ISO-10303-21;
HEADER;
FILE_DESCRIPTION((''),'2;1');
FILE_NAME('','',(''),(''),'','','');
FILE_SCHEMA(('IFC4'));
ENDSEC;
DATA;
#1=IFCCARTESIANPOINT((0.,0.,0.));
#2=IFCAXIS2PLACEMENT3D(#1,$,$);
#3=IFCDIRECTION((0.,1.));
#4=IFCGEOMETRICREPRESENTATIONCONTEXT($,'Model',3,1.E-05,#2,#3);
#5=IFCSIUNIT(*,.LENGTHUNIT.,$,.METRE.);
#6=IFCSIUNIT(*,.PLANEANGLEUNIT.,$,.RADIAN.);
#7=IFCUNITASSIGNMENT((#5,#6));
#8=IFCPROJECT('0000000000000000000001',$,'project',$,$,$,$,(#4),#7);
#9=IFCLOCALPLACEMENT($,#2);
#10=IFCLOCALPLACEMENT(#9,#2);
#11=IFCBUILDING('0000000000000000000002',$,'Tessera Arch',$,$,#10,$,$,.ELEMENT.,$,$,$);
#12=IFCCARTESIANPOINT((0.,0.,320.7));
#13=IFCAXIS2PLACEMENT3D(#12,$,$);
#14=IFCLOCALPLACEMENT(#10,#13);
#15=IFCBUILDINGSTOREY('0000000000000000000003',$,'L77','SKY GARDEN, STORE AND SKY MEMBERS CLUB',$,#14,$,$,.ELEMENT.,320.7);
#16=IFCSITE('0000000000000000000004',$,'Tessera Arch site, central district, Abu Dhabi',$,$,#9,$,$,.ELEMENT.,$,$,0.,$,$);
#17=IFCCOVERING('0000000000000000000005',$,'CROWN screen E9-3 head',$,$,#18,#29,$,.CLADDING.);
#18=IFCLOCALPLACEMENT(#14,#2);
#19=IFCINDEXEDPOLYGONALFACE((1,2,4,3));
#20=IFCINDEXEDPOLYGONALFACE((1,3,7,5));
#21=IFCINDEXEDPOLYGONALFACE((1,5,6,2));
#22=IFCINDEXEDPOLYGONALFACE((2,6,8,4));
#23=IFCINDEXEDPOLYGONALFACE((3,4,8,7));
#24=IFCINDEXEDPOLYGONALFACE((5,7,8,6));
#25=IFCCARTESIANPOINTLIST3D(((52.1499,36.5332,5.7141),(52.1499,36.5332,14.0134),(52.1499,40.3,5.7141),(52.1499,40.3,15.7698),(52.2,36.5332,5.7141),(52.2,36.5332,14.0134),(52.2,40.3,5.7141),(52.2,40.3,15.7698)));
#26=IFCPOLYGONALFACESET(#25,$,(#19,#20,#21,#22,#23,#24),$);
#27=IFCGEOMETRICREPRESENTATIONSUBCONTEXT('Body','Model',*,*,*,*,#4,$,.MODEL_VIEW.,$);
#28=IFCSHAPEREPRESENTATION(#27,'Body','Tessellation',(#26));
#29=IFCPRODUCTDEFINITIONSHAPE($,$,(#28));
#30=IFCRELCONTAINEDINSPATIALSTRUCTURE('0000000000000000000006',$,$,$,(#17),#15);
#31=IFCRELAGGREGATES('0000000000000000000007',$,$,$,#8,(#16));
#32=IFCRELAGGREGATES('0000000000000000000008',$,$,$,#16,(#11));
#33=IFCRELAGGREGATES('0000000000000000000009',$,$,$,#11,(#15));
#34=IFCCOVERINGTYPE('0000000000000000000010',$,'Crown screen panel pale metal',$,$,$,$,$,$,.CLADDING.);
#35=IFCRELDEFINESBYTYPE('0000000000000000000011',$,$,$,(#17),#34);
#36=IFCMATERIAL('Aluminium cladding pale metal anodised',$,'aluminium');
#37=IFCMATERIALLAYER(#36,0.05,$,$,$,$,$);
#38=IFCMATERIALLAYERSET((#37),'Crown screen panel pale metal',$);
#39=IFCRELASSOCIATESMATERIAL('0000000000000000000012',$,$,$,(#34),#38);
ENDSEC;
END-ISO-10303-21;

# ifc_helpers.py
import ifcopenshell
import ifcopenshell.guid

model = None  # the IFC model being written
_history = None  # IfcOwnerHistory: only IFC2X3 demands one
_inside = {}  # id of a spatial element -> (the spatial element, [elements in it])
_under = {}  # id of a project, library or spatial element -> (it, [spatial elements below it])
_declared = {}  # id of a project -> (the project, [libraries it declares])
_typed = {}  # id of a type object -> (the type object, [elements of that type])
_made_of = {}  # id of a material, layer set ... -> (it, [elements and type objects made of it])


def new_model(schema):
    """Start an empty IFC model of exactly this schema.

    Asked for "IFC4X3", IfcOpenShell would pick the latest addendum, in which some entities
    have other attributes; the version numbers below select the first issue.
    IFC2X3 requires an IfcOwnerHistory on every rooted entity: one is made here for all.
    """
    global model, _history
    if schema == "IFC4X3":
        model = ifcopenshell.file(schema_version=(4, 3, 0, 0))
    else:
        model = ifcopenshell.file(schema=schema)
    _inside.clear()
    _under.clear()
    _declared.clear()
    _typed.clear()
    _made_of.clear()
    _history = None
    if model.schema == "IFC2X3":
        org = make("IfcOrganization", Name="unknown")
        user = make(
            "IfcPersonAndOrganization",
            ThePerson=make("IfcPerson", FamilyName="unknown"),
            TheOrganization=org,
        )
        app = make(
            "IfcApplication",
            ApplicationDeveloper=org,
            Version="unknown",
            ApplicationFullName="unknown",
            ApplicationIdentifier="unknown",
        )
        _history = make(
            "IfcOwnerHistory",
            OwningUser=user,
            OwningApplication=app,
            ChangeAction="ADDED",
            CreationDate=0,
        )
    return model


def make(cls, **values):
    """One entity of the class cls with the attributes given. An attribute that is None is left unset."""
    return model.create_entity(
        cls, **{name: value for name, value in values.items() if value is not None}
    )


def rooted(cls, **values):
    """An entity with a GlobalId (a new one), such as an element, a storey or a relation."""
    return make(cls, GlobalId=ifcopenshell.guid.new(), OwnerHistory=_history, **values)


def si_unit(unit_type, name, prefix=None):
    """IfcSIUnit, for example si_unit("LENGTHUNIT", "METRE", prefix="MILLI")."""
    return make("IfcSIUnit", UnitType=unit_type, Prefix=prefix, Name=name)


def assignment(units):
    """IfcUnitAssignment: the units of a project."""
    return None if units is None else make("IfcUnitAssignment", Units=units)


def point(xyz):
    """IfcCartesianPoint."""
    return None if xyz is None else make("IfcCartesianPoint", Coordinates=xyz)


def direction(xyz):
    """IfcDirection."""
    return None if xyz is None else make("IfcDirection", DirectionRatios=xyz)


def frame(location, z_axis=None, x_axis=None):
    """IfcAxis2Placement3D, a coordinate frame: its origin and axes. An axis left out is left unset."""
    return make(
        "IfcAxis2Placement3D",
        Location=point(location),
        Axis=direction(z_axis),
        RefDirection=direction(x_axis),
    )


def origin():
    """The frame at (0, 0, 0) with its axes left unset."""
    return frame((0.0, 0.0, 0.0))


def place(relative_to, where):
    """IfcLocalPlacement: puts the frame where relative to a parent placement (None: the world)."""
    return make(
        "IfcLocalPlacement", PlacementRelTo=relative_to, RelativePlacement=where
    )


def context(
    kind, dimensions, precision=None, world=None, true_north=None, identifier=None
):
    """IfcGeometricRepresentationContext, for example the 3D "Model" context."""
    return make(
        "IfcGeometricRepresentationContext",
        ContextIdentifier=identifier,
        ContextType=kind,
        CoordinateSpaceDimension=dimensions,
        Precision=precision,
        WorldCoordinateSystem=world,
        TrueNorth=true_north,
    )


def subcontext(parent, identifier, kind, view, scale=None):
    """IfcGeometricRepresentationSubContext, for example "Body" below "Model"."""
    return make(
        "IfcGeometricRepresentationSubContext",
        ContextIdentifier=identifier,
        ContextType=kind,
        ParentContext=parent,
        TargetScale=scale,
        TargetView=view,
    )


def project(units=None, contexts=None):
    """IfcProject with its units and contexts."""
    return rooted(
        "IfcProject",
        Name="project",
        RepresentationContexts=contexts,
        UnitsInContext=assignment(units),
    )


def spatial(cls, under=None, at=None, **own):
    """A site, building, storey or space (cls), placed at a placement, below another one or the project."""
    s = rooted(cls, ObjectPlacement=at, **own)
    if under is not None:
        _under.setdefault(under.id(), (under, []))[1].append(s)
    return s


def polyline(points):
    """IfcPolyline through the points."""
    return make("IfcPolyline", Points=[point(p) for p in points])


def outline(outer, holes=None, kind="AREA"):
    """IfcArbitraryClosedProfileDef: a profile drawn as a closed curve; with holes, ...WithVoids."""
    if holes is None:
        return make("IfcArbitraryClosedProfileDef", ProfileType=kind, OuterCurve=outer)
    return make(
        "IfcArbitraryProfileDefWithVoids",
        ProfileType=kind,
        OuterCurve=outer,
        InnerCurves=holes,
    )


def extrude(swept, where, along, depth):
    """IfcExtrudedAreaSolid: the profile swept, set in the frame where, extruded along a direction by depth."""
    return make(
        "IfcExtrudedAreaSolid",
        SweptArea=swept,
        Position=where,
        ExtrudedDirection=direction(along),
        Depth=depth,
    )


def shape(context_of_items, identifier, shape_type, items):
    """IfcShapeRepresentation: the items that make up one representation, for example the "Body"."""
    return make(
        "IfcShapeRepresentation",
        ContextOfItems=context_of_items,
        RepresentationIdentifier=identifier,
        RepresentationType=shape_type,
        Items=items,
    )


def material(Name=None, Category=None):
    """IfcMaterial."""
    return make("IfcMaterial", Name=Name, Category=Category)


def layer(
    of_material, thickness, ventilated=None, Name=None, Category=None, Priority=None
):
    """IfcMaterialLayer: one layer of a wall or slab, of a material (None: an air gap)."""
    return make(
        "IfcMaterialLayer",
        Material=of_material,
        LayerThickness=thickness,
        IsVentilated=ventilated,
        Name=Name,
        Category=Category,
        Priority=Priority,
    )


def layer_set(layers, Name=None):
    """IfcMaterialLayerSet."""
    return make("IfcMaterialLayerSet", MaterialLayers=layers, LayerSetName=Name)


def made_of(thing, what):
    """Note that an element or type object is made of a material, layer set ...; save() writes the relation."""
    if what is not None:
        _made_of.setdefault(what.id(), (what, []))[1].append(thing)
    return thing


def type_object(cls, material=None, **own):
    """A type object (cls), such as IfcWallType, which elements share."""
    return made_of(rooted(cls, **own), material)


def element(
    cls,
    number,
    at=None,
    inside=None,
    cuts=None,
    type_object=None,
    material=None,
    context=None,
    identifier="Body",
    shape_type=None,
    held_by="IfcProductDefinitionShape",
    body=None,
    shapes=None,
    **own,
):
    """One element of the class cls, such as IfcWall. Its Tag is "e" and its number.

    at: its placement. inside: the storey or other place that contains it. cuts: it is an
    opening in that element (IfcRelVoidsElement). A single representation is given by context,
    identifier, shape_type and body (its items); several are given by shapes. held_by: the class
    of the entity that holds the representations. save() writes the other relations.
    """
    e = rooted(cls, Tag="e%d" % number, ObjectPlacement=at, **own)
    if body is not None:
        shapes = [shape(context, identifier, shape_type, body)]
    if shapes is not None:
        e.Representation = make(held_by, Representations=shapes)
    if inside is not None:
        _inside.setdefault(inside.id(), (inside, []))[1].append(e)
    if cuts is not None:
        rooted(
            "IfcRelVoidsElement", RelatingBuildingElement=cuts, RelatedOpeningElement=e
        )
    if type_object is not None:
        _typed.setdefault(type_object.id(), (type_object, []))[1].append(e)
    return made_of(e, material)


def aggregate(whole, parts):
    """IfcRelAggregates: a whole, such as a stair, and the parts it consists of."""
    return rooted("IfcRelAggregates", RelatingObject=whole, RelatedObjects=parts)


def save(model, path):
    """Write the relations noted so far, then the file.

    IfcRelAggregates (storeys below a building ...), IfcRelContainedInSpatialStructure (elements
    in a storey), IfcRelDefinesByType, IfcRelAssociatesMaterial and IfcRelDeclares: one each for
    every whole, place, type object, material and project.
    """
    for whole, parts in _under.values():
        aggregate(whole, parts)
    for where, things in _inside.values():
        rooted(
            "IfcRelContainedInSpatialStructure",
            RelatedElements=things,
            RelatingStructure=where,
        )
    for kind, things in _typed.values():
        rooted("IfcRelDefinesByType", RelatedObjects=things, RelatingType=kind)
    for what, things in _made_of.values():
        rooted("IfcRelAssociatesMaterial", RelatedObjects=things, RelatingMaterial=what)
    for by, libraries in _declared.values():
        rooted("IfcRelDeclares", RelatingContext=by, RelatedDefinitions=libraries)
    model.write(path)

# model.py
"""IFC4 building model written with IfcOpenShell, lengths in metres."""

from ifc_helpers import new_model, si_unit, direction, frame, origin, place, context, subcontext, project, spatial, polyline, outline, extrude, material, layer, layer_set, type_object, element, save


model = new_model("IFC4")

# Units and contexts
model_context = context("Model", 3, precision=1e-05, world=origin(), true_north=direction((0.0, 1.0)))
body_context = subcontext(model_context, "Body", "Model", "MODEL_VIEW")
ifc_project = project(units=[si_unit("LENGTHUNIT", "METRE"), si_unit("PLANEANGLEUNIT", "RADIAN")], contexts=[model_context])

# Site, building, storey
site_placement = place(None, origin())
site = spatial("IfcSite", under=ifc_project, at=site_placement, Name="Tessera Arch site, central district, Abu Dhabi", CompositionType="ELEMENT", RefElevation=0.0)
building_placement = place(site_placement, origin())
building = spatial("IfcBuilding", under=site, at=building_placement, Name="Tessera Arch", CompositionType="ELEMENT")
storey_placement = place(building_placement, frame((0.0, 0.0, 320.7)))
storey = spatial("IfcBuildingStorey", under=building, at=storey_placement, Name="L77", Description="SKY GARDEN, STORE AND SKY MEMBERS CLUB", CompositionType="ELEMENT", Elevation=320.7)

# Covering
ifc_material_1 = material(Name="Aluminium cladding pale metal anodised", Category="aluminium")
ifc_layer_1 = layer(ifc_material_1, 0.05)
ifc_layer_set_1 = layer_set([ifc_layer_1], Name="Crown screen panel pale metal")
covering_type_1 = type_object("IfcCoveringType", Name="Crown screen panel pale metal", PredefinedType="CLADDING", material=ifc_layer_set_1)
covering_1_placement = place(storey_placement, frame((52.2, 36.5332, 5.7141), z_axis=(1.0, 0.0, 0.0), x_axis=(0.0, 1.0, 0.0)))
element("IfcCovering", 1, at=covering_1_placement, inside=storey, type_object=covering_type_1, Name="CROWN screen E9-3 head", PredefinedType="CLADDING", context=body_context, shape_type="SweptSolid", body=[
    extrude(outline(polyline([(0.0, 0.0), (3.7668, 0.0), (3.7668, 10.0557), (0.0, 8.2993), (0.0, 0.0)])), origin(), (0.0, 0.0, -1.0), 0.05),
])

save(model, "model.ifc")
